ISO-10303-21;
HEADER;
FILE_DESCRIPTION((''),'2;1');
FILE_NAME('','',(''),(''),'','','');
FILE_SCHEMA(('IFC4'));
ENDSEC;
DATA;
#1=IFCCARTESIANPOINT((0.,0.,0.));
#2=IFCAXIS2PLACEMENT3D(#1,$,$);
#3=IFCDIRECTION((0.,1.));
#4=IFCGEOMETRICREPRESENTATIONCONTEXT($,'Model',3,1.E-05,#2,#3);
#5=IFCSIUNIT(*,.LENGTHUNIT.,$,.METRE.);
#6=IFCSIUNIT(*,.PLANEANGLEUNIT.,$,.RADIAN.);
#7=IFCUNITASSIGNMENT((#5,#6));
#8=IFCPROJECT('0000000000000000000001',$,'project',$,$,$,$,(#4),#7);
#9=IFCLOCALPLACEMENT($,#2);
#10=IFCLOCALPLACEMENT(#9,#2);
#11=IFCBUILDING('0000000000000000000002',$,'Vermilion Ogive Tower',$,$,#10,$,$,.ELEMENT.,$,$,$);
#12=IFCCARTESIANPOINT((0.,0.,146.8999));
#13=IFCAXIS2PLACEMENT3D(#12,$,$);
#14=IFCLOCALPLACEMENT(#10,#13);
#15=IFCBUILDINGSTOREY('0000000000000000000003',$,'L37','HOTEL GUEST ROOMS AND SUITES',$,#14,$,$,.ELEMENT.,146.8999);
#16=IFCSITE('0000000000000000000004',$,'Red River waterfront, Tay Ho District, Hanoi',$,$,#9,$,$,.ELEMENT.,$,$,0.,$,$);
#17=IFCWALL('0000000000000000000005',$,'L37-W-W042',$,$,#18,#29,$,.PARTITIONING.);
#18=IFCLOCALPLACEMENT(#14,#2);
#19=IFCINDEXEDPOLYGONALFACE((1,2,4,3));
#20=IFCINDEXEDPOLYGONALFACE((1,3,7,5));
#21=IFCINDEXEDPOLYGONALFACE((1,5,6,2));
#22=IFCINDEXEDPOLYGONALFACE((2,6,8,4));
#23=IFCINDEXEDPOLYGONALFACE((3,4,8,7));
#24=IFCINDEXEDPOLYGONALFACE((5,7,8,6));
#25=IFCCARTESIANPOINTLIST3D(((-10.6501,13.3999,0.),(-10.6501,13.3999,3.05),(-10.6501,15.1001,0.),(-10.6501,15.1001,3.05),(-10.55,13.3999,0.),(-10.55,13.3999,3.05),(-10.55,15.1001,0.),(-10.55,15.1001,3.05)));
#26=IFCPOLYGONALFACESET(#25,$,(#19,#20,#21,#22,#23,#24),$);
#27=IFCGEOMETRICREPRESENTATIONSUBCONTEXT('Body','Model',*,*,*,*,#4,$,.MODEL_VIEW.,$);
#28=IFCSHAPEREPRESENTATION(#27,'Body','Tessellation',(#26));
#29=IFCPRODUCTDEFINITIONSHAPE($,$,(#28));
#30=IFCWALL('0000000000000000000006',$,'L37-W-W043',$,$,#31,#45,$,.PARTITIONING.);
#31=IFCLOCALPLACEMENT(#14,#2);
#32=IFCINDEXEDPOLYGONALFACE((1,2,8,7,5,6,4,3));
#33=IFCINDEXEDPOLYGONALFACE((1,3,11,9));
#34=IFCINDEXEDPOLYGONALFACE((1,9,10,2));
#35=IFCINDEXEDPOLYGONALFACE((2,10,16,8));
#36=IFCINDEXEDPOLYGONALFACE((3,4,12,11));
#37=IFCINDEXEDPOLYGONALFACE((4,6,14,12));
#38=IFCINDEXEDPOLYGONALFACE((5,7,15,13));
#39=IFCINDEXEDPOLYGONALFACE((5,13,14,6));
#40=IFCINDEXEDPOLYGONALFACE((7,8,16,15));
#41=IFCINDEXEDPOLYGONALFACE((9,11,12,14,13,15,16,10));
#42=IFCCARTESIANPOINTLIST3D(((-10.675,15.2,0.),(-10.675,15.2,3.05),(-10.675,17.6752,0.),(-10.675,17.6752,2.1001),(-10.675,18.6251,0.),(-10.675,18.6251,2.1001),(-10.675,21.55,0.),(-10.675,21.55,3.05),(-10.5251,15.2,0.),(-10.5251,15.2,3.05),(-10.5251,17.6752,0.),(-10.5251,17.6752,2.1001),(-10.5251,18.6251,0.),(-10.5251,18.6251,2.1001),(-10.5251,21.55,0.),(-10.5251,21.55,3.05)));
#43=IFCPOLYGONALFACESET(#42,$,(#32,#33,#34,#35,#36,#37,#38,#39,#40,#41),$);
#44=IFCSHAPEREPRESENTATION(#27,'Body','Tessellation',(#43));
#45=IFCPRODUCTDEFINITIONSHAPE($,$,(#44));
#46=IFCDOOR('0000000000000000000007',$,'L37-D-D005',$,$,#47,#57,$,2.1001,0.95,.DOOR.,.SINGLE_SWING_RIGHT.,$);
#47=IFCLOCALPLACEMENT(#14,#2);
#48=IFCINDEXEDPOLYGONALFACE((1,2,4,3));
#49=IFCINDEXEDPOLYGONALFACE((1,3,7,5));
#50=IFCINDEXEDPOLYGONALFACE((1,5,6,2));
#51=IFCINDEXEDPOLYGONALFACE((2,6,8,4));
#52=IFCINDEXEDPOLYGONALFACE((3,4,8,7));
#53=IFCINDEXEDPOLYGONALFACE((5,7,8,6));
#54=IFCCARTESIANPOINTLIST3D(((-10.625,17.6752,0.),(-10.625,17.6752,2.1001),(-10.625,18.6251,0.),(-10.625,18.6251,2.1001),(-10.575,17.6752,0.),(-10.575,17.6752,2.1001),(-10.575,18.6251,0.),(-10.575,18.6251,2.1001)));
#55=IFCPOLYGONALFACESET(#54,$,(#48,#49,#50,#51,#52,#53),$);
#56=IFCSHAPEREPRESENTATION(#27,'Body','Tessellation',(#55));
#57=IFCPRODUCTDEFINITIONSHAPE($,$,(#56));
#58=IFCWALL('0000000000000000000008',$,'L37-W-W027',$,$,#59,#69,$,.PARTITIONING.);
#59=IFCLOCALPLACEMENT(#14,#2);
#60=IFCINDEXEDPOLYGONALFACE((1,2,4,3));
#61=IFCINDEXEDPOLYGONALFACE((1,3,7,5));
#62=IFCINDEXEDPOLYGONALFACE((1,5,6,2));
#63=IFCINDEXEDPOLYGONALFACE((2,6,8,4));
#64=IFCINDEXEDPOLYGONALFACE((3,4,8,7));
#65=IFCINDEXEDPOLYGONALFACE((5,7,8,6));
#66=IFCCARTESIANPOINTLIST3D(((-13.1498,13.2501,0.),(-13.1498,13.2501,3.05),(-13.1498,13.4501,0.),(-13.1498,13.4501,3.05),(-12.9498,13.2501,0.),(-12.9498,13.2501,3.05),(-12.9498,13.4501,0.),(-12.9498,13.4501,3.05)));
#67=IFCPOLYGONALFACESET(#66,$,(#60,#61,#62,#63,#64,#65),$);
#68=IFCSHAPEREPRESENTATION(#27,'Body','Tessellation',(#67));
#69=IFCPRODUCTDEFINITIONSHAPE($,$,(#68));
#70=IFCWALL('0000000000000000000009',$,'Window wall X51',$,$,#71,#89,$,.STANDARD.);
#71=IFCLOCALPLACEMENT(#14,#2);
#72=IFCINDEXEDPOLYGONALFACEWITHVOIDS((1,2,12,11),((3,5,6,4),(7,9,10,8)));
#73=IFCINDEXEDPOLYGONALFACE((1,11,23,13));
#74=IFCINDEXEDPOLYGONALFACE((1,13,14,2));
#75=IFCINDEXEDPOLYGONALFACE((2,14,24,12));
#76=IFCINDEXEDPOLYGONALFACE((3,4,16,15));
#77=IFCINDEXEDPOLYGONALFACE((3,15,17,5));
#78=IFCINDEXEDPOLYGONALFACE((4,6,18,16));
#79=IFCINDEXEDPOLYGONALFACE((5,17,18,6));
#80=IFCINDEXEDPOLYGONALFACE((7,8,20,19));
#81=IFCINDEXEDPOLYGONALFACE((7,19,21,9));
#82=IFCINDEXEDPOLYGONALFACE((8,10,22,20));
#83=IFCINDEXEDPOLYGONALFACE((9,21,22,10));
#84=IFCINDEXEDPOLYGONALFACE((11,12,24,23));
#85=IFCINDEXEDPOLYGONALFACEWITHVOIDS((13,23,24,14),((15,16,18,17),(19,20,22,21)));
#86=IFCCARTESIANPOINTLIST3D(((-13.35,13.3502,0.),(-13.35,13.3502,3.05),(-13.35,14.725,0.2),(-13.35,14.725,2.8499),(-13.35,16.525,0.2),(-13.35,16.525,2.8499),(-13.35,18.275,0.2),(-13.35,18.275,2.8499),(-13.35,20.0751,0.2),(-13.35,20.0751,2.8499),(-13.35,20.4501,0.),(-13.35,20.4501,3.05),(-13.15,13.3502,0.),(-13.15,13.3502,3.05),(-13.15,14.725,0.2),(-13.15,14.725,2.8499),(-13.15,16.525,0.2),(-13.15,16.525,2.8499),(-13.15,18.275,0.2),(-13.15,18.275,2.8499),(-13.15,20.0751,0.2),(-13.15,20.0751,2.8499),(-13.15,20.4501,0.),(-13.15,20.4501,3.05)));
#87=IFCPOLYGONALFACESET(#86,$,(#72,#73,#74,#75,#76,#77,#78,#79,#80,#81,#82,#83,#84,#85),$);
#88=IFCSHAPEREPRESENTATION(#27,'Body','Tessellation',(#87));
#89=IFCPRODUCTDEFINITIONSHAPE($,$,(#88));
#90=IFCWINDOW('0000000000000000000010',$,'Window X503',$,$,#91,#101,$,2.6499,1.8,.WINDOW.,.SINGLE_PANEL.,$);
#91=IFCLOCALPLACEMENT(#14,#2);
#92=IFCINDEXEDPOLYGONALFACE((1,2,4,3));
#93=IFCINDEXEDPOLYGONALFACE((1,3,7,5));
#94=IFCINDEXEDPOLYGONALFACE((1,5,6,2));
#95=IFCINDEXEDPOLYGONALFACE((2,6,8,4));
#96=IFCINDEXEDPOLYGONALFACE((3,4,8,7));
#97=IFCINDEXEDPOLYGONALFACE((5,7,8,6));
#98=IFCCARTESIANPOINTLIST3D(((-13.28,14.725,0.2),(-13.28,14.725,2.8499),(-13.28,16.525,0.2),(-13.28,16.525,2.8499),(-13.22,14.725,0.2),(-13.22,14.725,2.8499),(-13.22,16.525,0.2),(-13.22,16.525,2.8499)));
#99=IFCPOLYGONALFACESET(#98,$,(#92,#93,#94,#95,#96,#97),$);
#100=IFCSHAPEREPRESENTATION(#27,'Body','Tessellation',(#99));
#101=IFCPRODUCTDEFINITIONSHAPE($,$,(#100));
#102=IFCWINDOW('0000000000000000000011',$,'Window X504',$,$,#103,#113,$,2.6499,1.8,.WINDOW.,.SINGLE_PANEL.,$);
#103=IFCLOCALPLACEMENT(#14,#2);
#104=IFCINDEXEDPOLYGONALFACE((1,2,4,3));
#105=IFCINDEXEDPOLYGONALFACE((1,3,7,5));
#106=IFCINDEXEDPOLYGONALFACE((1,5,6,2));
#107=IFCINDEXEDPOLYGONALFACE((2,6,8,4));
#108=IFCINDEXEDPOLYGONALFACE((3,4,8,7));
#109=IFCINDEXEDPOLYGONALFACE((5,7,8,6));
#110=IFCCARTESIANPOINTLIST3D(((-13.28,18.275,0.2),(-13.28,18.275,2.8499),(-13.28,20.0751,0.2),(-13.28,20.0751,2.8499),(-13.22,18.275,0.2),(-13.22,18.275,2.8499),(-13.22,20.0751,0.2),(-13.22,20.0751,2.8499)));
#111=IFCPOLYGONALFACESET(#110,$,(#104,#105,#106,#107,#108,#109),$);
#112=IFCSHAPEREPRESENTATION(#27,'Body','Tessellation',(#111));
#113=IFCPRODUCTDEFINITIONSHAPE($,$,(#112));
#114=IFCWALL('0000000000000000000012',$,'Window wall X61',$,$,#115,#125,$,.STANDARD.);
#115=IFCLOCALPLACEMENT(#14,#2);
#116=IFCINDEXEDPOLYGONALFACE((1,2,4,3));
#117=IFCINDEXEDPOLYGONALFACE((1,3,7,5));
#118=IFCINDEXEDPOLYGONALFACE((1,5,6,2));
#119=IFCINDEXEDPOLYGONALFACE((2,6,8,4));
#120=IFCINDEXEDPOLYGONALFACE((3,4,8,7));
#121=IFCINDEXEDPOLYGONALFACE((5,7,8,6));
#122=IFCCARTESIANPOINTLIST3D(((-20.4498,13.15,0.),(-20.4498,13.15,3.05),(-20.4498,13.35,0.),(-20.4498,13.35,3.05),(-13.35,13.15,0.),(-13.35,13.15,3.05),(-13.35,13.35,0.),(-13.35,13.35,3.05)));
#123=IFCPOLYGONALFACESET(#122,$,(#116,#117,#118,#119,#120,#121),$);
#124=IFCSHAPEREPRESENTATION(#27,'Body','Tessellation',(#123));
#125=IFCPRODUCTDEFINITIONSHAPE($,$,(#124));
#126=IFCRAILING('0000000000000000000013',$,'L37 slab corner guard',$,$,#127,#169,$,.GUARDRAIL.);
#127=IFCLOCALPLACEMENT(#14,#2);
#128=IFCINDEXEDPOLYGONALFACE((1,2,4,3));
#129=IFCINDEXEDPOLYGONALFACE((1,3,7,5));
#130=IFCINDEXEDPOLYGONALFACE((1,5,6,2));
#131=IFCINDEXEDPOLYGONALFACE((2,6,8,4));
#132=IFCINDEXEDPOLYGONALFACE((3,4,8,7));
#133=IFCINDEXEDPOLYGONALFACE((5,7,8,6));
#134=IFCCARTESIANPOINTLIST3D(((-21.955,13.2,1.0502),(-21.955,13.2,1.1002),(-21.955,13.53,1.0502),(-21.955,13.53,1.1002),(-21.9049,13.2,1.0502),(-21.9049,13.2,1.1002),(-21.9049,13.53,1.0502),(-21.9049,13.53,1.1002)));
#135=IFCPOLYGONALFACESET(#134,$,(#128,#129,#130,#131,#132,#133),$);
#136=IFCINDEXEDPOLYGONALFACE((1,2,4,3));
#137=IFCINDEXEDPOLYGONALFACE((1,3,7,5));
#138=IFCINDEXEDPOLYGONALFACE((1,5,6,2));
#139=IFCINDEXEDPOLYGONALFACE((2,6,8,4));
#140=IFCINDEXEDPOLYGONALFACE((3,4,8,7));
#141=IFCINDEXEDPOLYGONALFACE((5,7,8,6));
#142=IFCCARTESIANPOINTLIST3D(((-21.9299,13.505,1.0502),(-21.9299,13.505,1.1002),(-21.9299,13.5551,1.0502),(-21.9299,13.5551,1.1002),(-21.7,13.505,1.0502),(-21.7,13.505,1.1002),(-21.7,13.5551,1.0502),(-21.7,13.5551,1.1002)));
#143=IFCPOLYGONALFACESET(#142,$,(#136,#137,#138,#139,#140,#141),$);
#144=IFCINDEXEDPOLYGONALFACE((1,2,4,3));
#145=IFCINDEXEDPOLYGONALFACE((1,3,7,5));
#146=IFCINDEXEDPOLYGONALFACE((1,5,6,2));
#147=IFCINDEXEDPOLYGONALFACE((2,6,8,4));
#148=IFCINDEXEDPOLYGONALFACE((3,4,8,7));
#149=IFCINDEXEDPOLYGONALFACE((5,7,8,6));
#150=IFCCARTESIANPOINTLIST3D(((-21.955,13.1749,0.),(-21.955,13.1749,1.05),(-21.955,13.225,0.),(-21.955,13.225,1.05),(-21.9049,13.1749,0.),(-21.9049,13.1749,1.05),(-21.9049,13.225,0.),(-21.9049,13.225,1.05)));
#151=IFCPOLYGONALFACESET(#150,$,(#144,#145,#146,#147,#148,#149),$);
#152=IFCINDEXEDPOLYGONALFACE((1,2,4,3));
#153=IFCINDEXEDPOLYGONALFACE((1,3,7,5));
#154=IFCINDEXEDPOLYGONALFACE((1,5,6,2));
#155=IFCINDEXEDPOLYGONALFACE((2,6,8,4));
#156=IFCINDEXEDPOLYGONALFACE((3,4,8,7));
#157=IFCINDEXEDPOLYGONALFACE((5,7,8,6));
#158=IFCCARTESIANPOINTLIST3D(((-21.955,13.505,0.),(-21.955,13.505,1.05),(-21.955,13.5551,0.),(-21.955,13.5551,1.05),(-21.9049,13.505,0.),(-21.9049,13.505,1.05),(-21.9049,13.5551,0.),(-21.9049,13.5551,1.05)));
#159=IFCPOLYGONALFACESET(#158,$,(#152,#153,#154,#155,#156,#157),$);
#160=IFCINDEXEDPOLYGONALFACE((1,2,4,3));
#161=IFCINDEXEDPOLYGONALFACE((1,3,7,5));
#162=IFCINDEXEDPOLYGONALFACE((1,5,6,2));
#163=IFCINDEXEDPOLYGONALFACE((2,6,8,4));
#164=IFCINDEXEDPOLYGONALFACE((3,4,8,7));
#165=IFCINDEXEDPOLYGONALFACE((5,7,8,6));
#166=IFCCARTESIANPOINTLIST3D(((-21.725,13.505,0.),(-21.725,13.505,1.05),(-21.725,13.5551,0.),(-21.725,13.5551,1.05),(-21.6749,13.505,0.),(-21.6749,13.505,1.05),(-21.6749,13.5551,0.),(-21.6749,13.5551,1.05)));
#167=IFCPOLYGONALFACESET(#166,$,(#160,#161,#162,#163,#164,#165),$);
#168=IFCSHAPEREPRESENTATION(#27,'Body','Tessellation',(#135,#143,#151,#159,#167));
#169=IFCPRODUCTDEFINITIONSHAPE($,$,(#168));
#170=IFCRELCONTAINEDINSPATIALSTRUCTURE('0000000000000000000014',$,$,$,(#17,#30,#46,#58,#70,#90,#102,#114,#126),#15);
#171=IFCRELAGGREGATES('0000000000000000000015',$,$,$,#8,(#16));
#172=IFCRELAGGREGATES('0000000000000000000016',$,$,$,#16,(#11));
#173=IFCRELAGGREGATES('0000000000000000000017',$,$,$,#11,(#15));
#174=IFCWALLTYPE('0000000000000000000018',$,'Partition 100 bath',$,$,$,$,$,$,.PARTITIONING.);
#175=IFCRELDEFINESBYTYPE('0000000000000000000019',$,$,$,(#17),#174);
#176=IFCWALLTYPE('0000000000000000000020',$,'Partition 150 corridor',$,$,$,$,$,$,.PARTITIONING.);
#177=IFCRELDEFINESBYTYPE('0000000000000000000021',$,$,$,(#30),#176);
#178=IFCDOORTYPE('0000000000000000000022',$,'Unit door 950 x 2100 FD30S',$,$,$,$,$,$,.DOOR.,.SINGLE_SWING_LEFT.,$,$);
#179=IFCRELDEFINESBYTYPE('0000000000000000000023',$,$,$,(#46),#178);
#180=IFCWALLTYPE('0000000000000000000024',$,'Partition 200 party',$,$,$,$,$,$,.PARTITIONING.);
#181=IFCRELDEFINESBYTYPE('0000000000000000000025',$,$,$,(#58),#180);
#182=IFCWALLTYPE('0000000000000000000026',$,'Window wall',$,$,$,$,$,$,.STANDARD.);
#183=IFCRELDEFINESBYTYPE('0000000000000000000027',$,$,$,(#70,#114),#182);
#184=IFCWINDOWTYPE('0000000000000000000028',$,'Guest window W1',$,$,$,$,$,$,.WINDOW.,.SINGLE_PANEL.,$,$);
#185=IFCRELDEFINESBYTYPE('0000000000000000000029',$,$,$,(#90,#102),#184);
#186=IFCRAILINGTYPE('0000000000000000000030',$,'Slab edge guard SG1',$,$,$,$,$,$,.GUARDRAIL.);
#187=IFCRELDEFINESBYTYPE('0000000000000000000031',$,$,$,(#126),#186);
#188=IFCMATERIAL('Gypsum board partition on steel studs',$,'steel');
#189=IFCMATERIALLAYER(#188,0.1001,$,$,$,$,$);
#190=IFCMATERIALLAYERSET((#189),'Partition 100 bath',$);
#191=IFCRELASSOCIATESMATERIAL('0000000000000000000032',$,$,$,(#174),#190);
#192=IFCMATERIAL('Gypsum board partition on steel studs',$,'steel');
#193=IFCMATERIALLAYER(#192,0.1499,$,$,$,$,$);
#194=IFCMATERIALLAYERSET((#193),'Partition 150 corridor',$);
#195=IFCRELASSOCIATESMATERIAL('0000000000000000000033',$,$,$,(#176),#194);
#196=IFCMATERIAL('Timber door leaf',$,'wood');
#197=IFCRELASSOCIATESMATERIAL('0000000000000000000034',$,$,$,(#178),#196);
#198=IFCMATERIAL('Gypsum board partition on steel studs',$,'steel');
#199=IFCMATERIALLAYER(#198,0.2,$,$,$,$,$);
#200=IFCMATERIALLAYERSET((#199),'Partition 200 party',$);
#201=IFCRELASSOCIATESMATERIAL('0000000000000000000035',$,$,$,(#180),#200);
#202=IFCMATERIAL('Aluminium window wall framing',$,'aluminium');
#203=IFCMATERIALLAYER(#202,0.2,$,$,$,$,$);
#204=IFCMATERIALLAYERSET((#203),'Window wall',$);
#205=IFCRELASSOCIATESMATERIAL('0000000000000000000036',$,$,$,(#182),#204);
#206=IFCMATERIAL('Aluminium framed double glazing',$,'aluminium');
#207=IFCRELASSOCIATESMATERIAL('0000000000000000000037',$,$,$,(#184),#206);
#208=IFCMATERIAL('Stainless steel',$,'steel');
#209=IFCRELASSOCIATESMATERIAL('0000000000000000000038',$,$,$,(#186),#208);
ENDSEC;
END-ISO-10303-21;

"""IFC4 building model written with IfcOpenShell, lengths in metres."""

from ifc_helpers import new_model, si_unit, direction, frame, frame_2d, origin, origin_2d, place, context, subcontext, project, spatial, rectangle, extrude, material, layer, layer_set, type_object, element, fill, save


model = new_model("IFC4")

# Units and contexts
model_context = context("Model", 3, precision=1e-05, world=origin(), true_north=direction((0.0, 1.0)))
body_context = subcontext(model_context, "Body", "Model", "MODEL_VIEW")
ifc_project = project(units=[si_unit("LENGTHUNIT", "METRE"), si_unit("PLANEANGLEUNIT", "RADIAN")], contexts=[model_context])

# Site, building, storey
site_placement = place(None, origin())
site = spatial("IfcSite", under=ifc_project, at=site_placement, Name="Red River waterfront, Tay Ho District, Hanoi", CompositionType="ELEMENT", RefElevation=0.0)
building_placement = place(site_placement, origin())
building = spatial("IfcBuilding", under=site, at=building_placement, Name="Vermilion Ogive Tower", CompositionType="ELEMENT")
storey_placement = place(building_placement, frame((0.0, 0.0, 146.8999)))
storey = spatial("IfcBuildingStorey", under=building, at=storey_placement, Name="L37", Description="HOTEL GUEST ROOMS AND SUITES", CompositionType="ELEMENT", Elevation=146.8999)

# Shared definitions
ifc_material_1 = material(Name="Gypsum board partition on steel studs", Category="steel")
ifc_layer_1 = layer(ifc_material_1, 0.1001)
ifc_layer_set_1 = layer_set([ifc_layer_1], Name="Partition 100 bath")
wall_type_1 = type_object("IfcWallType", Name="Partition 100 bath", PredefinedType="PARTITIONING", material=ifc_layer_set_1)

# Wall
wall_1_placement = place(storey_placement, frame((-10.6001, 13.3999, 0.0), z_axis=(0.0, 0.0, 1.0), x_axis=(0.0, 1.0, 0.0)))
element("IfcWall", 1, at=wall_1_placement, inside=storey, type_object=wall_type_1, Name="L37-W-W042", PredefinedType="PARTITIONING", context=body_context, shape_type="SweptSolid", body=[
    extrude(rectangle(XDim=1.7002, YDim=0.1001, at=frame_2d((0.8501, 0.0))), origin(), (0.0, 0.0, 1.0), 3.05),
])

# Wall, opening, door
ifc_material_2 = material(Name="Gypsum board partition on steel studs", Category="steel")
ifc_layer_2 = layer(ifc_material_2, 0.1499)
ifc_layer_set_2 = layer_set([ifc_layer_2], Name="Partition 150 corridor")
wall_type_2 = type_object("IfcWallType", Name="Partition 150 corridor", PredefinedType="PARTITIONING", material=ifc_layer_set_2)
wall_2_placement = place(storey_placement, frame((-10.6001, 15.2, 0.0), z_axis=(0.0, 0.0, 1.0), x_axis=(0.0, 1.0, 0.0)))
wall_2 = element("IfcWall", 2, at=wall_2_placement, inside=storey, type_object=wall_type_2, Name="L37-W-W043", PredefinedType="PARTITIONING", context=body_context, shape_type="SweptSolid", body=[
    extrude(rectangle(XDim=6.3501, YDim=0.1499, at=frame_2d((3.175, 0.0))), origin(), (0.0, 0.0, 1.0), 3.05),
])
opening_1_placement = place(wall_2_placement, frame((2.4751, 0.0, 0.0)))
opening_1 = element("IfcOpeningElement", 3, at=opening_1_placement, cuts=wall_2, PredefinedType="OPENING", context=body_context, shape_type="SweptSolid", body=[
    extrude(rectangle(XDim=0.95, YDim=2.1001, at=frame_2d((0.4751, 1.05))), frame((0.0, 0.085, 0.0), z_axis=(0.0, -1.0, 0.0), x_axis=(1.0, 0.0, 0.0)), (0.0, 0.0, 1.0), 0.1699),
])
ifc_material_3 = material(Name="Timber door leaf", Category="wood")
door_type_1 = type_object("IfcDoorType", Name="Unit door 950 x 2100 FD30S", OperationType="SINGLE_SWING_LEFT", PredefinedType="DOOR", material=ifc_material_3)
door_1_placement = place(opening_1_placement, origin())
door_1 = element("IfcDoor", 4, at=door_1_placement, inside=storey, type_object=door_type_1, Name="L37-D-D005", OperationType="SINGLE_SWING_RIGHT", OverallHeight=2.1001, OverallWidth=0.95, PredefinedType="DOOR", context=body_context, shape_type="SweptSolid", body=[
    extrude(rectangle(XDim=0.95, YDim=2.1001, at=frame_2d((0.4751, 1.05))), frame((0.0, 0.0249, 0.0), z_axis=(0.0, -1.0, 0.0), x_axis=(1.0, 0.0, 0.0)), (0.0, 0.0, 1.0), 0.05),
])
fill(opening_1, door_1)

# Wall
ifc_material_4 = material(Name="Gypsum board partition on steel studs", Category="steel")
ifc_layer_3 = layer(ifc_material_4, 0.2)
ifc_layer_set_3 = layer_set([ifc_layer_3], Name="Partition 200 party")
wall_type_3 = type_object("IfcWallType", Name="Partition 200 party", PredefinedType="PARTITIONING", material=ifc_layer_set_3)
wall_3_placement = place(storey_placement, frame((-13.1499, 13.3501, 0.0), z_axis=(0.0, 0.0, 1.0), x_axis=(1.0, 0.0, 0.0)))
element("IfcWall", 5, at=wall_3_placement, inside=storey, type_object=wall_type_3, Name="L37-W-W027", PredefinedType="PARTITIONING", context=body_context, shape_type="SweptSolid", body=[
    extrude(rectangle(XDim=0.2, YDim=0.2, at=frame_2d((0.1001, 0.0))), origin(), (0.0, 0.0, 1.0), 3.05),
])

# Wall, openings, windows
ifc_material_5 = material(Name="Aluminium window wall framing", Category="aluminium")
ifc_layer_4 = layer(ifc_material_5, 0.2)
ifc_layer_set_4 = layer_set([ifc_layer_4], Name="Window wall")
wall_type_4 = type_object("IfcWallType", Name="Window wall", PredefinedType="STANDARD", material=ifc_layer_set_4)
wall_4_placement = place(storey_placement, frame((-13.25, 20.45, 0.0), z_axis=(0.0, 0.0, 1.0), x_axis=(0.0, -1.0, 0.0)))
wall_4 = element("IfcWall", 6, at=wall_4_placement, inside=storey, type_object=wall_type_4, Name="Window wall X51", PredefinedType="STANDARD", context=body_context, shape_type="SweptSolid", body=[
    extrude(rectangle(XDim=7.0999, YDim=0.2, at=frame_2d((3.5498, 0.0))), origin(), (0.0, 0.0, 1.0), 3.05),
])
opening_2_placement = place(wall_4_placement, frame((3.925, 0.0, 0.2)))
opening_2 = element("IfcOpeningElement", 7, at=opening_2_placement, cuts=wall_4, PredefinedType="OPENING", context=body_context, shape_type="SweptSolid", body=[
    extrude(rectangle(XDim=1.8, YDim=2.6499, at=frame_2d((0.8999, 1.325))), frame((0.0, 0.1099, 0.0), z_axis=(0.0, -1.0, 0.0), x_axis=(1.0, 0.0, 0.0)), (0.0, 0.0, 1.0), 0.22),
])
opening_3_placement = place(wall_4_placement, frame((0.375, 0.0, 0.2)))
opening_3 = element("IfcOpeningElement", 8, at=opening_3_placement, cuts=wall_4, PredefinedType="OPENING", context=body_context, shape_type="SweptSolid", body=[
    extrude(rectangle(XDim=1.8, YDim=2.6499, at=frame_2d((0.8999, 1.325))), frame((0.0, 0.1099, 0.0), z_axis=(0.0, -1.0, 0.0), x_axis=(1.0, 0.0, 0.0)), (0.0, 0.0, 1.0), 0.22),
])
ifc_material_6 = material(Name="Aluminium framed double glazing", Category="aluminium")
window_type = type_object("IfcWindowType", Name="Guest window W1", PartitioningType="SINGLE_PANEL", PredefinedType="WINDOW", material=ifc_material_6)
window_1_placement = place(opening_2_placement, origin())
window_1 = element("IfcWindow", 9, at=window_1_placement, inside=storey, type_object=window_type, Name="Window X503", OverallHeight=2.6499, OverallWidth=1.8, PartitioningType="SINGLE_PANEL", PredefinedType="WINDOW", context=body_context, shape_type="SweptSolid", body=[
    extrude(rectangle(XDim=1.8, YDim=2.6499, at=frame_2d((0.8999, 1.325))), frame((0.0, 0.03, 0.0), z_axis=(0.0, -1.0, 0.0), x_axis=(1.0, 0.0, 0.0)), (0.0, 0.0, 1.0), 0.0601),
])
fill(opening_2, window_1)
window_2_placement = place(opening_3_placement, origin())
window_2 = element("IfcWindow", 10, at=window_2_placement, inside=storey, type_object=window_type, Name="Window X504", OverallHeight=2.6499, OverallWidth=1.8, PartitioningType="SINGLE_PANEL", PredefinedType="WINDOW", context=body_context, shape_type="SweptSolid", body=[
    extrude(rectangle(XDim=1.8, YDim=2.6499, at=frame_2d((0.8999, 1.325))), frame((0.0, 0.03, 0.0), z_axis=(0.0, -1.0, 0.0), x_axis=(1.0, 0.0, 0.0)), (0.0, 0.0, 1.0), 0.0601),
])
fill(opening_3, window_2)

# Wall
wall_5_placement = place(storey_placement, frame((-13.3501, 13.25, 0.0), z_axis=(0.0, 0.0, 1.0), x_axis=(-1.0, 0.0, 0.0)))
element("IfcWall", 11, at=wall_5_placement, inside=storey, type_object=wall_type_4, Name="Window wall X61", PredefinedType="STANDARD", context=body_context, shape_type="SweptSolid", body=[
    extrude(rectangle(XDim=7.0999, YDim=0.2, at=frame_2d((3.5498, 0.0))), origin(), (0.0, 0.0, 1.0), 3.05),
])

# Railing
ifc_material_7 = material(Name="Stainless steel", Category="steel")
railing_type = type_object("IfcRailingType", Name="Slab edge guard SG1", PredefinedType="GUARDRAIL", material=ifc_material_7)
railing_1_placement = place(storey_placement, frame((-21.9299, 13.2, 0.0)))
element("IfcRailing", 12, at=railing_1_placement, inside=storey, type_object=railing_type, Name="L37 slab corner guard", PredefinedType="GUARDRAIL", context=body_context, shape_type="SweptSolid", body=[
    extrude(rectangle(XDim=0.05, YDim=0.05, at=origin_2d()), frame((0.0, 0.0, 1.0752), z_axis=(0.0, 1.0, 0.0), x_axis=(-1.0, 0.0, 0.0)), (0.0, 0.0, 1.0), 0.3301),
    extrude(rectangle(XDim=0.05, YDim=0.05, at=origin_2d()), frame((0.0, 0.3301, 1.0752), z_axis=(1.0, 0.0, 0.0), x_axis=(0.0, 1.0, 0.0)), (0.0, 0.0, 1.0), 0.23),
    extrude(rectangle(XDim=0.05, YDim=0.05, at=origin_2d()), origin(), (0.0, 0.0, 1.0), 1.05),
    extrude(rectangle(XDim=0.05, YDim=0.05, at=origin_2d()), frame((0.0, 0.3301, 0.0)), (0.0, 0.0, 1.0), 1.05),
    extrude(rectangle(XDim=0.05, YDim=0.05, at=origin_2d()), frame((0.23, 0.3301, 0.0)), (0.0, 0.0, 1.0), 1.05),
])

save(model, "model.ifc")
